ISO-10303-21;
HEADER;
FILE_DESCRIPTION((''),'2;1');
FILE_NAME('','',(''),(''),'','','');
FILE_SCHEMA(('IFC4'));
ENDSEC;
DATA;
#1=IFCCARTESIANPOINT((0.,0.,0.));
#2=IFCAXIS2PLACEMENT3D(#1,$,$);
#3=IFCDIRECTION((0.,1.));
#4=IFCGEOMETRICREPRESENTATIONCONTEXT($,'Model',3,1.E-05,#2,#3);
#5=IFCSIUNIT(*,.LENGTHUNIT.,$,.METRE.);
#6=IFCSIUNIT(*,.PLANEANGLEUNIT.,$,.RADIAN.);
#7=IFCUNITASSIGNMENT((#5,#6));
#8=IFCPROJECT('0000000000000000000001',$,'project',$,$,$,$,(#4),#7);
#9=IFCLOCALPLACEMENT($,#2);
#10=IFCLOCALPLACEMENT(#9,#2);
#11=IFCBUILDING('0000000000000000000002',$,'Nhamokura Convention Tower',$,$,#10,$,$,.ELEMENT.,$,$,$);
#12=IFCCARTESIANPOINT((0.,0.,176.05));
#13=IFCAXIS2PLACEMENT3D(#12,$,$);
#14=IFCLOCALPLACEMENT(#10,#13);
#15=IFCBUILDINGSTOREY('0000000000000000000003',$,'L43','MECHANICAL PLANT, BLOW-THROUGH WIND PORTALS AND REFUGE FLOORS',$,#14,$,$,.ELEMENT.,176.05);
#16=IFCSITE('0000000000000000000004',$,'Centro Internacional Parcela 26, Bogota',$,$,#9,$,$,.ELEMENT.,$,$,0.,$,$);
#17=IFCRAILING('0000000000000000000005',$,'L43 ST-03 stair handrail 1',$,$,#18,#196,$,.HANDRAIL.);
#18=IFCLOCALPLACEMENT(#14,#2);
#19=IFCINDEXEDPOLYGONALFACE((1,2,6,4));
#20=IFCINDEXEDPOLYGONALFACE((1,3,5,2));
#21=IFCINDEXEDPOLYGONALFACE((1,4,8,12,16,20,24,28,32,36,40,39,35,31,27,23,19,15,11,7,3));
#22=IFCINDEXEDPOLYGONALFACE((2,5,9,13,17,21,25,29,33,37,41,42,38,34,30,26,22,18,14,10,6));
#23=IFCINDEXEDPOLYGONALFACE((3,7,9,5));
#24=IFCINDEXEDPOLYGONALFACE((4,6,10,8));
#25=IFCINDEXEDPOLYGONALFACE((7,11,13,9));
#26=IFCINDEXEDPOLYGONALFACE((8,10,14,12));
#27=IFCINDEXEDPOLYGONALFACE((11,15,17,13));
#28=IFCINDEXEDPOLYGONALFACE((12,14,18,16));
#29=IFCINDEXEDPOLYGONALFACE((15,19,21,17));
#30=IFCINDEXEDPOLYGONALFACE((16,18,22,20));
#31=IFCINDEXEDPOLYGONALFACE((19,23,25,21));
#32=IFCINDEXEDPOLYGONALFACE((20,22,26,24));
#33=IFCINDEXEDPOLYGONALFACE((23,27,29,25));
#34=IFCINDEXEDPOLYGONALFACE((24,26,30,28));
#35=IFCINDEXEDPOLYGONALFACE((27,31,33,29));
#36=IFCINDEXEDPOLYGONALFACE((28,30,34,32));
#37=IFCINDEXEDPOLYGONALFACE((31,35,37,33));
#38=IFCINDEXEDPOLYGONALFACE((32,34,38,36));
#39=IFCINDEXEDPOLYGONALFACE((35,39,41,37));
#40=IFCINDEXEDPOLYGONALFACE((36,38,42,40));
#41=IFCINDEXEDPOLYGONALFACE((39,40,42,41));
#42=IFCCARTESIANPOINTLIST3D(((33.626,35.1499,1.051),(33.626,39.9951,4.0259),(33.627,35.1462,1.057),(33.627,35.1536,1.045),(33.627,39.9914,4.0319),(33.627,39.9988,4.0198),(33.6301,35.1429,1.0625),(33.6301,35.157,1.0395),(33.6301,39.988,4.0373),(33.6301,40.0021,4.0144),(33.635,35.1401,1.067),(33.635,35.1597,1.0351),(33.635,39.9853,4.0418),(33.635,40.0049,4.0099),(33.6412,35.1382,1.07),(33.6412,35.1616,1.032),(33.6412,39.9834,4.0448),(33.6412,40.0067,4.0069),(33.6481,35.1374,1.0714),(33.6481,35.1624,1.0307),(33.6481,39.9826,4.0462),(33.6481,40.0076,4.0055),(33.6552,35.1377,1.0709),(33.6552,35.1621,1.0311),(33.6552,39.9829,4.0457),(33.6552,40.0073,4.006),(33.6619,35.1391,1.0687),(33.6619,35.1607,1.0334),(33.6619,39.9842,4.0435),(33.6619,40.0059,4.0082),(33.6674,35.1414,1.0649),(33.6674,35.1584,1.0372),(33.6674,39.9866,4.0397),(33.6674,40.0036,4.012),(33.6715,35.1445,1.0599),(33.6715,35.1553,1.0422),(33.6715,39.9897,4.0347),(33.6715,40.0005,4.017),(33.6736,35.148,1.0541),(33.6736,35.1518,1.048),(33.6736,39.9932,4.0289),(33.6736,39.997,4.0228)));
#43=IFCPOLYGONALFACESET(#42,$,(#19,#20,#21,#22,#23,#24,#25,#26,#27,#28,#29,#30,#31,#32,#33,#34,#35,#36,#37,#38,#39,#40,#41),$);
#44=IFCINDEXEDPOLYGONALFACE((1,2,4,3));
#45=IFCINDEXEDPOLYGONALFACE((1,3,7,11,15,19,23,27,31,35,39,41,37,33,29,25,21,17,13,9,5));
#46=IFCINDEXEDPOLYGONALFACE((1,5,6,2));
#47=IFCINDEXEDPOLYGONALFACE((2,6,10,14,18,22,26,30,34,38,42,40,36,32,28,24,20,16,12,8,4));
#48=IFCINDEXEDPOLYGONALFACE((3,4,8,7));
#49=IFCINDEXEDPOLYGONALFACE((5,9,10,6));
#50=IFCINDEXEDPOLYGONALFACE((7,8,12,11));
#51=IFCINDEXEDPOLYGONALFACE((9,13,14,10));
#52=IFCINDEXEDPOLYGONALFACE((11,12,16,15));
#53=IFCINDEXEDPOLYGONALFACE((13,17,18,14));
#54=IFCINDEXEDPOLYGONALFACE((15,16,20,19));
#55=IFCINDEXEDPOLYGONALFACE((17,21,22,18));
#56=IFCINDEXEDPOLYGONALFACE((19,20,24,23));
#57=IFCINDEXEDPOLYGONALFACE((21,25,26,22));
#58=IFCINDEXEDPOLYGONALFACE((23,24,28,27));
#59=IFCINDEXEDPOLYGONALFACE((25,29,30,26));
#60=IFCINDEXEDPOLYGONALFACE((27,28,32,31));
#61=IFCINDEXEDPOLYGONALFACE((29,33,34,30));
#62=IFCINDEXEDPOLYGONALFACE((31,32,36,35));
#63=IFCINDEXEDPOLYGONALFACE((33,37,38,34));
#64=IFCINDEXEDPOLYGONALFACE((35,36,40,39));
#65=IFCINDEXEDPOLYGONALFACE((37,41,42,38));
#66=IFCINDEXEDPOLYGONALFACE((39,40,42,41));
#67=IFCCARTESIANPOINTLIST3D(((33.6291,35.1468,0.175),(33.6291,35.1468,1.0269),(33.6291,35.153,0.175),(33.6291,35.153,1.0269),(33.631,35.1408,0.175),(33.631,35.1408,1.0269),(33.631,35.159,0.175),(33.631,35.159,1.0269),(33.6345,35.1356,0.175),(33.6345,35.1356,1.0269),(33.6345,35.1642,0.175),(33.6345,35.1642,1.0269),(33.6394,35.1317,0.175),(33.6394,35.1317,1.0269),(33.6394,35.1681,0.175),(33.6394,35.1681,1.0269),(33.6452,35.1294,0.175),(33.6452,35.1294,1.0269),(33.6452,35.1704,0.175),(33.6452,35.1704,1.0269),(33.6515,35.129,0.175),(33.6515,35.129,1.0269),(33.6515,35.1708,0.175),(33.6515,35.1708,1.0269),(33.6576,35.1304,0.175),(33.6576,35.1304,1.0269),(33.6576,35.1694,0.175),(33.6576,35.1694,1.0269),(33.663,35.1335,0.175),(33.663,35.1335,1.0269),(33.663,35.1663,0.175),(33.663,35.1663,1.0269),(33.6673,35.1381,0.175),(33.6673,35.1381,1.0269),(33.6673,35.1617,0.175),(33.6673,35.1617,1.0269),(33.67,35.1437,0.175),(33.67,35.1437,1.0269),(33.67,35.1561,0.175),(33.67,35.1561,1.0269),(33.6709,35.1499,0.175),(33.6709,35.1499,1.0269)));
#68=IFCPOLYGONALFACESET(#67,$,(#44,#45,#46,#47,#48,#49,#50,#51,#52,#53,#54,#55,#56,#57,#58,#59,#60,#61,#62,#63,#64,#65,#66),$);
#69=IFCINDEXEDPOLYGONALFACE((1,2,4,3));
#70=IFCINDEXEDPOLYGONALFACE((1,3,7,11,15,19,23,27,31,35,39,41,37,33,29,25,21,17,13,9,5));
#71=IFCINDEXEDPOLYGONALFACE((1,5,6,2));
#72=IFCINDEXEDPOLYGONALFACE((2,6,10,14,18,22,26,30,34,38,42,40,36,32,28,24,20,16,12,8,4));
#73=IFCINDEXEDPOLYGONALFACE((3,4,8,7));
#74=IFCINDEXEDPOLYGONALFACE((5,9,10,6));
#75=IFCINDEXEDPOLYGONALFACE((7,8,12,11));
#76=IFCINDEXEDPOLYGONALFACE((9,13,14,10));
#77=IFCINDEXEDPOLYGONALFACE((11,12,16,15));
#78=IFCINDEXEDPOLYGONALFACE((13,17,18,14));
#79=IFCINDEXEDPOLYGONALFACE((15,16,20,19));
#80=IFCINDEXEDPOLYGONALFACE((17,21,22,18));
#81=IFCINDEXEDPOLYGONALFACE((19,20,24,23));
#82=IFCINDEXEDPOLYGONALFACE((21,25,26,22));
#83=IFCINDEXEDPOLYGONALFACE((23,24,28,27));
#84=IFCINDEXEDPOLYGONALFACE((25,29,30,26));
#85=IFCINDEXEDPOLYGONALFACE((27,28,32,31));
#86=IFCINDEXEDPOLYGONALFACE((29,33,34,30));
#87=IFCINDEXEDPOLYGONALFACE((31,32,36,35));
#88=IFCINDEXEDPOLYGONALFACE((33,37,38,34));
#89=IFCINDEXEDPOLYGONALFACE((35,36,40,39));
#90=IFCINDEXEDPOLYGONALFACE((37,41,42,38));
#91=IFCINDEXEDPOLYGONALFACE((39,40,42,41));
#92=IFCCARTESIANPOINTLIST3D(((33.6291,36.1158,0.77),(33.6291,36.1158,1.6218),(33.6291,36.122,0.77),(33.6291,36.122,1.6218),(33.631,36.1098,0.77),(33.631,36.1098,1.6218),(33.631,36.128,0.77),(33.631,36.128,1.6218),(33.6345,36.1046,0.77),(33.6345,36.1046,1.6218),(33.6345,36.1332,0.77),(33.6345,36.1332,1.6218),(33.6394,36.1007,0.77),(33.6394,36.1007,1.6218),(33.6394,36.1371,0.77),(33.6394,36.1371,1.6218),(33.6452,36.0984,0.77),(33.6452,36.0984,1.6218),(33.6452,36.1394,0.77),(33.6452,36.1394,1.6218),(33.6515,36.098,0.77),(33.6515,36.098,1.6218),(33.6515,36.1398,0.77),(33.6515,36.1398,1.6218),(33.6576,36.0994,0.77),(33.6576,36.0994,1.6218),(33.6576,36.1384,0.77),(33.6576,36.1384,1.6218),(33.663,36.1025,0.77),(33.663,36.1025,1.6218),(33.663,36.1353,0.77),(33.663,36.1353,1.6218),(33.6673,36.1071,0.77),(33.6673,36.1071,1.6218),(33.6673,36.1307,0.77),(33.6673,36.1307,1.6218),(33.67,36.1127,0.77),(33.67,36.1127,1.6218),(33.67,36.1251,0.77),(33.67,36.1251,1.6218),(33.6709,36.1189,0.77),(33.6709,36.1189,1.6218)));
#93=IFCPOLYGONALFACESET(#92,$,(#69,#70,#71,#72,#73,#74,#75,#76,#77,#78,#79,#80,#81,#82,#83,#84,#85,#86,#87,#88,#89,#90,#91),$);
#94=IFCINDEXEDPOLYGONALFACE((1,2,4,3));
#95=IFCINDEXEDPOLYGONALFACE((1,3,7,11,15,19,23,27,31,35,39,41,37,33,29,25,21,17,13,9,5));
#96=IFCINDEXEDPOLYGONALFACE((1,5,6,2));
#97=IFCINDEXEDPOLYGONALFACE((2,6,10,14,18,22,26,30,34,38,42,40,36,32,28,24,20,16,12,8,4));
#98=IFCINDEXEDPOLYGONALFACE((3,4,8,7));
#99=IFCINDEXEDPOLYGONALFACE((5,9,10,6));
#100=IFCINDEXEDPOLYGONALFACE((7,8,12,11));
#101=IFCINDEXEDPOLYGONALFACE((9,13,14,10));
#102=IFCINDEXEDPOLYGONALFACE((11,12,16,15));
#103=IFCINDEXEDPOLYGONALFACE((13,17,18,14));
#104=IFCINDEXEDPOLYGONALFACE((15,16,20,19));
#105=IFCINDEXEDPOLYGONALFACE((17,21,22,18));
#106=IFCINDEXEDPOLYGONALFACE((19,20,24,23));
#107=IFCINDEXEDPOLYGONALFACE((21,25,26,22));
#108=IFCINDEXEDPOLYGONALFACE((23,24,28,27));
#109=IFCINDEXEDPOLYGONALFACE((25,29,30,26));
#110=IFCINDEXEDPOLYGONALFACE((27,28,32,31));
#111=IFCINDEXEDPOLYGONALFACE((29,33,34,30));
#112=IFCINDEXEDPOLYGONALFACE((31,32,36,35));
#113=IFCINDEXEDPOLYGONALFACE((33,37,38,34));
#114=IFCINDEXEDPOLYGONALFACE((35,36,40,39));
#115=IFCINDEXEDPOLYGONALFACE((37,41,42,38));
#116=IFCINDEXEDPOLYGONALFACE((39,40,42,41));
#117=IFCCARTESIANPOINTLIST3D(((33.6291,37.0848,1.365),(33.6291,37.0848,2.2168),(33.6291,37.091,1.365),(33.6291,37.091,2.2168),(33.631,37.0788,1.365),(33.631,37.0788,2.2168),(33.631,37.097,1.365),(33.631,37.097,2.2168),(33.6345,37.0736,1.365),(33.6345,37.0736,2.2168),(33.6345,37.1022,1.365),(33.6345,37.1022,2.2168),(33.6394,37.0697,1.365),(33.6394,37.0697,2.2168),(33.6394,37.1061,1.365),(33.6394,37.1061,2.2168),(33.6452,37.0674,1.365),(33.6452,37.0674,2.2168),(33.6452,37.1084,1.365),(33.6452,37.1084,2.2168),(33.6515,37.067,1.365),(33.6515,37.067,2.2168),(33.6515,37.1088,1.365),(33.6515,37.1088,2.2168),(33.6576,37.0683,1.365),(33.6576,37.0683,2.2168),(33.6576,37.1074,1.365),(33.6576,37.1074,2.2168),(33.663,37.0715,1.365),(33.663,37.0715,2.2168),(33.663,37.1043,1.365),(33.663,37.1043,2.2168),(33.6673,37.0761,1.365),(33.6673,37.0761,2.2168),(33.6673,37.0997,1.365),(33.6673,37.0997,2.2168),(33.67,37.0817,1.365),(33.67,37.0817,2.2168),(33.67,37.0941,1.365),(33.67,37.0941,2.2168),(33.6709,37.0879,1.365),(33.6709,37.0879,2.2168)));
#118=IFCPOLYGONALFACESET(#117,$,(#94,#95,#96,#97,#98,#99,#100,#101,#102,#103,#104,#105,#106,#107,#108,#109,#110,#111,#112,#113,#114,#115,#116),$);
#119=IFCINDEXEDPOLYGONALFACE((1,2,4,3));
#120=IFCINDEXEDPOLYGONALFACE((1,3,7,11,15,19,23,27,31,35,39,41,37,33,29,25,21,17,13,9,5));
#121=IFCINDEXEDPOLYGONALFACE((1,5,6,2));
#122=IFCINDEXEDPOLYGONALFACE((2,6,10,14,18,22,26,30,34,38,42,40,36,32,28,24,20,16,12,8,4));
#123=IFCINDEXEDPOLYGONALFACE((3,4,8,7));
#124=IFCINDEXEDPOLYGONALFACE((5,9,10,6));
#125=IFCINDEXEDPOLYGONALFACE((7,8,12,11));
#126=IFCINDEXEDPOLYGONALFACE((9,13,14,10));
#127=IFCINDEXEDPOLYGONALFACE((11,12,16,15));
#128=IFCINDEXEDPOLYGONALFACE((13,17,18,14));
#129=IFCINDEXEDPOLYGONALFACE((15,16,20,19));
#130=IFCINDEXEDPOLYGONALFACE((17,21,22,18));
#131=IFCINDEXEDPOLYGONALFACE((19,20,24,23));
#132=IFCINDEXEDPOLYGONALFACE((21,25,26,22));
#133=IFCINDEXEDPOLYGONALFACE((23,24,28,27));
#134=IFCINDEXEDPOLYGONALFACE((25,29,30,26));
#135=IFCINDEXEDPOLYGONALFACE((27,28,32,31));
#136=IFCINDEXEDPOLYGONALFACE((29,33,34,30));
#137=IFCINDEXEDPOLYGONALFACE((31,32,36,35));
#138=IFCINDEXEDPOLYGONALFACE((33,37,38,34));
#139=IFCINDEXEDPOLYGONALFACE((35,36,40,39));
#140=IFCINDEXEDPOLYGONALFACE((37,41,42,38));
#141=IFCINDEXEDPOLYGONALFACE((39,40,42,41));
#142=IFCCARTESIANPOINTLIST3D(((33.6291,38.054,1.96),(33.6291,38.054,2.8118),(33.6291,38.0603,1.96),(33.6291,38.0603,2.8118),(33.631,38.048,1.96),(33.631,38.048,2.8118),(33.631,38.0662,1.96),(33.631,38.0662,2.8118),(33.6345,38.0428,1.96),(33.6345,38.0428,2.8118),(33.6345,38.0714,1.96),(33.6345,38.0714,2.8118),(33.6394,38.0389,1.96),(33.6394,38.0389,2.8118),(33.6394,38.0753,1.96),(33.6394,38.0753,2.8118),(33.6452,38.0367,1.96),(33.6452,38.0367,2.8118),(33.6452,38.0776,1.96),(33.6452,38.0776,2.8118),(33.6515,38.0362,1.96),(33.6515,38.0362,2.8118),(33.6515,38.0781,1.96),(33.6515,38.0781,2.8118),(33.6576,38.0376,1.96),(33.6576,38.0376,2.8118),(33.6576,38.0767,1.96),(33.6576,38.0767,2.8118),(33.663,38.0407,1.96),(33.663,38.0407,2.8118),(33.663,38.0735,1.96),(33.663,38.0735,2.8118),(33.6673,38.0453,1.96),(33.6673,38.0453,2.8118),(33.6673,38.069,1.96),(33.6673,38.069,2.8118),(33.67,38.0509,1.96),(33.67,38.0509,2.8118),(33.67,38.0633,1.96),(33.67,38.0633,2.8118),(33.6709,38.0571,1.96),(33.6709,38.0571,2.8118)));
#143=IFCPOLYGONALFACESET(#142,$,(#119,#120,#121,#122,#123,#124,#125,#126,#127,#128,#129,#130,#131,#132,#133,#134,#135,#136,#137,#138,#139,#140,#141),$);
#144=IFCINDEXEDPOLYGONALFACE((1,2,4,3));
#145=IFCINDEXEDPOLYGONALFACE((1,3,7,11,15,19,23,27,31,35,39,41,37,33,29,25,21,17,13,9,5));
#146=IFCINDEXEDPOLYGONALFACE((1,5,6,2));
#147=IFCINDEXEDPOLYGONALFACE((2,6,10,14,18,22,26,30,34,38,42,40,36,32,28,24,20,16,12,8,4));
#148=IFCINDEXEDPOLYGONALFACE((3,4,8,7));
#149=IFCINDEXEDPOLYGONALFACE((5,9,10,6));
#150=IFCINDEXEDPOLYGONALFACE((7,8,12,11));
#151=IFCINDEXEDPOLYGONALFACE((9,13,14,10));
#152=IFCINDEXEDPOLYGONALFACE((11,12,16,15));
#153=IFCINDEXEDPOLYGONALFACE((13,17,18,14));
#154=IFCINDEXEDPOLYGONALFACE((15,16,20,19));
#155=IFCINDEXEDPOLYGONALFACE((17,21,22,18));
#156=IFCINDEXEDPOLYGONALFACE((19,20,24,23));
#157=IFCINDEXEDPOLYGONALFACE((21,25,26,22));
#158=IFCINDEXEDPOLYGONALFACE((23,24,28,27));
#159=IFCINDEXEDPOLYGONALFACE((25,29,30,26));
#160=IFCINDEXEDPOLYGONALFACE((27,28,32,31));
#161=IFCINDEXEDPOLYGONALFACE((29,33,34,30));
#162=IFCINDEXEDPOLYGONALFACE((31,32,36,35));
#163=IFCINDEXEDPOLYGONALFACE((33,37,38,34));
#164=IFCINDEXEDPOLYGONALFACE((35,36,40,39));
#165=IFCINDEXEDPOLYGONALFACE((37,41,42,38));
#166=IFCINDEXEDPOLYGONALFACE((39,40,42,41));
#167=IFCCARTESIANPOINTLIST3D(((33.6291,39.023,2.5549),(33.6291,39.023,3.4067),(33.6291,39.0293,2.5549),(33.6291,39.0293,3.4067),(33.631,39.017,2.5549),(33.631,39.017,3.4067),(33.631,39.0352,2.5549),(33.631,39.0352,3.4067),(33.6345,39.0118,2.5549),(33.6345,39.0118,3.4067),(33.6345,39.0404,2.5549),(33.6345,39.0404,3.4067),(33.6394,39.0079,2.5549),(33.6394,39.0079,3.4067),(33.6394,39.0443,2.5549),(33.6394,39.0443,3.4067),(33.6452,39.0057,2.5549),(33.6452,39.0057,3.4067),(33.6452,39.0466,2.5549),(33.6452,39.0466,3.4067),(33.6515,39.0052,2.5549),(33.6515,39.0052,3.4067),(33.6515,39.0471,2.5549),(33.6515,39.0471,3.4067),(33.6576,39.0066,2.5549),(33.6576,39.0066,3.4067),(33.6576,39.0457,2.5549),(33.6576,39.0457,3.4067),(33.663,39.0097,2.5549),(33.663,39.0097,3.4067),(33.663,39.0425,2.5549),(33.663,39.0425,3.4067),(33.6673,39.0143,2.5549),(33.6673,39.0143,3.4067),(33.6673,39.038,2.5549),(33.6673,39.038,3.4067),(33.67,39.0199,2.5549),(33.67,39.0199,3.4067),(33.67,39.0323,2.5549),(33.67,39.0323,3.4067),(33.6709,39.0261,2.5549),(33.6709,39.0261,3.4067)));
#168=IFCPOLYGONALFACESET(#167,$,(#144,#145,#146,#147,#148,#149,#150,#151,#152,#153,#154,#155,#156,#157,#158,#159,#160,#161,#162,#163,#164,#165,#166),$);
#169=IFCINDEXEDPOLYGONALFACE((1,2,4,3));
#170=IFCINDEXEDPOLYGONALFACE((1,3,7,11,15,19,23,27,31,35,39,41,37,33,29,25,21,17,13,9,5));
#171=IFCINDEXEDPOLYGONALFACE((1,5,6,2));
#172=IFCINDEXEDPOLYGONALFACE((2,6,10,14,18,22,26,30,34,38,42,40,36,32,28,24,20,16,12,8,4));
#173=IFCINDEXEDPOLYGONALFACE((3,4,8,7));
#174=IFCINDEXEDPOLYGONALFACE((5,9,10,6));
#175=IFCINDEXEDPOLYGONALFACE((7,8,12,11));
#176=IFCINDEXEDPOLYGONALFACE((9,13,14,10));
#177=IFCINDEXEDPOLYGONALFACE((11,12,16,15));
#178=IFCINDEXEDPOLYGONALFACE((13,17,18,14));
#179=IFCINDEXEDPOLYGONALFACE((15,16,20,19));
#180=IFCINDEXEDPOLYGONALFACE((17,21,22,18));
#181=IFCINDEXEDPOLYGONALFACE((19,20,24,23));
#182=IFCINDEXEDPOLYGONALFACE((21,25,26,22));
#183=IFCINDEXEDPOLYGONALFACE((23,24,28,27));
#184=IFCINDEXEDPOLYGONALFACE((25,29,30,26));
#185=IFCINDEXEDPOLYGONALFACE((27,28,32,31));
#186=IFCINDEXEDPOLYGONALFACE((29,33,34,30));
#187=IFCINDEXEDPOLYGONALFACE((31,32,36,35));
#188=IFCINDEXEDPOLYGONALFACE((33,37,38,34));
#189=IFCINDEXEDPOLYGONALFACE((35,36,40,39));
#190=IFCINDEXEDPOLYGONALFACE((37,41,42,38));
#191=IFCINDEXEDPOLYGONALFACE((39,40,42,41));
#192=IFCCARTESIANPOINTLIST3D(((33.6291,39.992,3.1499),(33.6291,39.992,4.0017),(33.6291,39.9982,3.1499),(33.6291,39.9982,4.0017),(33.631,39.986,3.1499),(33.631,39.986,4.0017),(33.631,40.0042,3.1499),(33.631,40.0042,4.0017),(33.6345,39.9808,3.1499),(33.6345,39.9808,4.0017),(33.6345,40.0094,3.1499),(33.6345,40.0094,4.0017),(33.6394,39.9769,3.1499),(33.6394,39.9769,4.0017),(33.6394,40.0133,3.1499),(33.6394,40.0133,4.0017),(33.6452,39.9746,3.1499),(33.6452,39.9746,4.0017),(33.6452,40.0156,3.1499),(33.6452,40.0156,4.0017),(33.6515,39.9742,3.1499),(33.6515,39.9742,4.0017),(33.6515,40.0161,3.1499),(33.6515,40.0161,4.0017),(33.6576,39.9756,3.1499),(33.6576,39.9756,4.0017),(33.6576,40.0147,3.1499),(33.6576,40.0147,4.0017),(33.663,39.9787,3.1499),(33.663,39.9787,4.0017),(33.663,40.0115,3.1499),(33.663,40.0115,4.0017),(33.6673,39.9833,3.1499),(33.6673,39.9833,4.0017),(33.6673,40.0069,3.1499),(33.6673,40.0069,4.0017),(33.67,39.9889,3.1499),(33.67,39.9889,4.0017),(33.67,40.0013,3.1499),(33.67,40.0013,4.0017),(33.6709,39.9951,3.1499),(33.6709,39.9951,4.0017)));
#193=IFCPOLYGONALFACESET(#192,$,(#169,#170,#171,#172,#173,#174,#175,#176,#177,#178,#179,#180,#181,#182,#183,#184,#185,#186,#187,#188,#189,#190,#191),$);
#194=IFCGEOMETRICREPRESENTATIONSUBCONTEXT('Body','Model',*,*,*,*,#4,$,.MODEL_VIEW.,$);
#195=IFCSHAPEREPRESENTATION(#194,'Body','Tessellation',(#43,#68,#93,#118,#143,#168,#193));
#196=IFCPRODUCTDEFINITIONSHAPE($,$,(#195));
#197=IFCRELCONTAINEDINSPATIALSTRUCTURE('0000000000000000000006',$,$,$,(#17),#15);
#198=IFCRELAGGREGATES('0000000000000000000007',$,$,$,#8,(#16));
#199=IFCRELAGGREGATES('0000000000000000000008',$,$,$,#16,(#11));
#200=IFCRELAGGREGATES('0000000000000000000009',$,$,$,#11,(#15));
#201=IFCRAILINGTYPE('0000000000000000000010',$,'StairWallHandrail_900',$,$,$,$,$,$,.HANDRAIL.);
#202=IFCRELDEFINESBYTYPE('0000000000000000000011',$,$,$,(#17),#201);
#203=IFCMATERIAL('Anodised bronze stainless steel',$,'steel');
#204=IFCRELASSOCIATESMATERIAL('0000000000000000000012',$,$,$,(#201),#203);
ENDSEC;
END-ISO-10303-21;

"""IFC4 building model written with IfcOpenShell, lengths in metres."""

from ifc_helpers import new_model, si_unit, direction, frame, origin, origin_2d, place, context, subcontext, project, spatial, circle, extrude, material, type_object, element, save


model = new_model("IFC4")

# Units and contexts
model_context = context("Model", 3, precision=1e-05, world=origin(), true_north=direction((0.0, 1.0)))
body_context = subcontext(model_context, "Body", "Model", "MODEL_VIEW")
ifc_project = project(units=[si_unit("LENGTHUNIT", "METRE"), si_unit("PLANEANGLEUNIT", "RADIAN")], contexts=[model_context])

# Site, building, storey
site_placement = place(None, origin())
site = spatial("IfcSite", under=ifc_project, at=site_placement, Name="Centro Internacional Parcela 26, Bogota", CompositionType="ELEMENT", RefElevation=0.0)
building_placement = place(site_placement, origin())
building = spatial("IfcBuilding", under=site, at=building_placement, Name="Nhamokura Convention Tower", CompositionType="ELEMENT")
storey_placement = place(building_placement, frame((0.0, 0.0, 176.05)))
storey = spatial("IfcBuildingStorey", under=building, at=storey_placement, Name="L43", Description="MECHANICAL PLANT, BLOW-THROUGH WIND PORTALS AND REFUGE FLOORS", CompositionType="ELEMENT", Elevation=176.05)

# Railing
ifc_material_1 = material(Name="Anodised bronze stainless steel", Category="steel")
railing_type_1 = type_object("IfcRailingType", Name="StairWallHandrail_900", PredefinedType="HANDRAIL", material=ifc_material_1)
railing_1_placement = place(storey_placement, frame((33.6499, 35.1499, 0.175)))
element("IfcRailing", 1, at=railing_1_placement, inside=storey, type_object=railing_type_1, Name="L43 ST-03 stair handrail 1", PredefinedType="HANDRAIL", context=body_context, shape_type="SweptSolid", body=[
    extrude(circle(Radius=0.0239, at=origin_2d()), frame((0.0, 0.0, 0.876), z_axis=(0.0, 0.852193, 0.523227), x_axis=(-1.0, 0.0, 0.0)), (0.0, 0.0, 1.0), 5.6855),
    extrude(circle(Radius=0.021, at=origin_2d()), origin(), (0.0, 0.0, 1.0), 0.8518),
    extrude(circle(Radius=0.021, at=origin_2d()), frame((0.0, 0.969, 0.595)), (0.0, 0.0, 1.0), 0.8518),
    extrude(circle(Radius=0.021, at=origin_2d()), frame((0.0, 1.938, 1.1899)), (0.0, 0.0, 1.0), 0.8518),
    extrude(circle(Radius=0.021, at=origin_2d()), frame((0.0, 2.9072, 1.7849)), (0.0, 0.0, 1.0), 0.8518),
    extrude(circle(Radius=0.021, at=origin_2d()), frame((0.0, 3.8762, 2.3799)), (0.0, 0.0, 1.0), 0.8518),
    extrude(circle(Radius=0.021, at=origin_2d()), frame((0.0, 4.8452, 2.9749)), (0.0, 0.0, 1.0), 0.8518),
])

save(model, "model.ifc")
